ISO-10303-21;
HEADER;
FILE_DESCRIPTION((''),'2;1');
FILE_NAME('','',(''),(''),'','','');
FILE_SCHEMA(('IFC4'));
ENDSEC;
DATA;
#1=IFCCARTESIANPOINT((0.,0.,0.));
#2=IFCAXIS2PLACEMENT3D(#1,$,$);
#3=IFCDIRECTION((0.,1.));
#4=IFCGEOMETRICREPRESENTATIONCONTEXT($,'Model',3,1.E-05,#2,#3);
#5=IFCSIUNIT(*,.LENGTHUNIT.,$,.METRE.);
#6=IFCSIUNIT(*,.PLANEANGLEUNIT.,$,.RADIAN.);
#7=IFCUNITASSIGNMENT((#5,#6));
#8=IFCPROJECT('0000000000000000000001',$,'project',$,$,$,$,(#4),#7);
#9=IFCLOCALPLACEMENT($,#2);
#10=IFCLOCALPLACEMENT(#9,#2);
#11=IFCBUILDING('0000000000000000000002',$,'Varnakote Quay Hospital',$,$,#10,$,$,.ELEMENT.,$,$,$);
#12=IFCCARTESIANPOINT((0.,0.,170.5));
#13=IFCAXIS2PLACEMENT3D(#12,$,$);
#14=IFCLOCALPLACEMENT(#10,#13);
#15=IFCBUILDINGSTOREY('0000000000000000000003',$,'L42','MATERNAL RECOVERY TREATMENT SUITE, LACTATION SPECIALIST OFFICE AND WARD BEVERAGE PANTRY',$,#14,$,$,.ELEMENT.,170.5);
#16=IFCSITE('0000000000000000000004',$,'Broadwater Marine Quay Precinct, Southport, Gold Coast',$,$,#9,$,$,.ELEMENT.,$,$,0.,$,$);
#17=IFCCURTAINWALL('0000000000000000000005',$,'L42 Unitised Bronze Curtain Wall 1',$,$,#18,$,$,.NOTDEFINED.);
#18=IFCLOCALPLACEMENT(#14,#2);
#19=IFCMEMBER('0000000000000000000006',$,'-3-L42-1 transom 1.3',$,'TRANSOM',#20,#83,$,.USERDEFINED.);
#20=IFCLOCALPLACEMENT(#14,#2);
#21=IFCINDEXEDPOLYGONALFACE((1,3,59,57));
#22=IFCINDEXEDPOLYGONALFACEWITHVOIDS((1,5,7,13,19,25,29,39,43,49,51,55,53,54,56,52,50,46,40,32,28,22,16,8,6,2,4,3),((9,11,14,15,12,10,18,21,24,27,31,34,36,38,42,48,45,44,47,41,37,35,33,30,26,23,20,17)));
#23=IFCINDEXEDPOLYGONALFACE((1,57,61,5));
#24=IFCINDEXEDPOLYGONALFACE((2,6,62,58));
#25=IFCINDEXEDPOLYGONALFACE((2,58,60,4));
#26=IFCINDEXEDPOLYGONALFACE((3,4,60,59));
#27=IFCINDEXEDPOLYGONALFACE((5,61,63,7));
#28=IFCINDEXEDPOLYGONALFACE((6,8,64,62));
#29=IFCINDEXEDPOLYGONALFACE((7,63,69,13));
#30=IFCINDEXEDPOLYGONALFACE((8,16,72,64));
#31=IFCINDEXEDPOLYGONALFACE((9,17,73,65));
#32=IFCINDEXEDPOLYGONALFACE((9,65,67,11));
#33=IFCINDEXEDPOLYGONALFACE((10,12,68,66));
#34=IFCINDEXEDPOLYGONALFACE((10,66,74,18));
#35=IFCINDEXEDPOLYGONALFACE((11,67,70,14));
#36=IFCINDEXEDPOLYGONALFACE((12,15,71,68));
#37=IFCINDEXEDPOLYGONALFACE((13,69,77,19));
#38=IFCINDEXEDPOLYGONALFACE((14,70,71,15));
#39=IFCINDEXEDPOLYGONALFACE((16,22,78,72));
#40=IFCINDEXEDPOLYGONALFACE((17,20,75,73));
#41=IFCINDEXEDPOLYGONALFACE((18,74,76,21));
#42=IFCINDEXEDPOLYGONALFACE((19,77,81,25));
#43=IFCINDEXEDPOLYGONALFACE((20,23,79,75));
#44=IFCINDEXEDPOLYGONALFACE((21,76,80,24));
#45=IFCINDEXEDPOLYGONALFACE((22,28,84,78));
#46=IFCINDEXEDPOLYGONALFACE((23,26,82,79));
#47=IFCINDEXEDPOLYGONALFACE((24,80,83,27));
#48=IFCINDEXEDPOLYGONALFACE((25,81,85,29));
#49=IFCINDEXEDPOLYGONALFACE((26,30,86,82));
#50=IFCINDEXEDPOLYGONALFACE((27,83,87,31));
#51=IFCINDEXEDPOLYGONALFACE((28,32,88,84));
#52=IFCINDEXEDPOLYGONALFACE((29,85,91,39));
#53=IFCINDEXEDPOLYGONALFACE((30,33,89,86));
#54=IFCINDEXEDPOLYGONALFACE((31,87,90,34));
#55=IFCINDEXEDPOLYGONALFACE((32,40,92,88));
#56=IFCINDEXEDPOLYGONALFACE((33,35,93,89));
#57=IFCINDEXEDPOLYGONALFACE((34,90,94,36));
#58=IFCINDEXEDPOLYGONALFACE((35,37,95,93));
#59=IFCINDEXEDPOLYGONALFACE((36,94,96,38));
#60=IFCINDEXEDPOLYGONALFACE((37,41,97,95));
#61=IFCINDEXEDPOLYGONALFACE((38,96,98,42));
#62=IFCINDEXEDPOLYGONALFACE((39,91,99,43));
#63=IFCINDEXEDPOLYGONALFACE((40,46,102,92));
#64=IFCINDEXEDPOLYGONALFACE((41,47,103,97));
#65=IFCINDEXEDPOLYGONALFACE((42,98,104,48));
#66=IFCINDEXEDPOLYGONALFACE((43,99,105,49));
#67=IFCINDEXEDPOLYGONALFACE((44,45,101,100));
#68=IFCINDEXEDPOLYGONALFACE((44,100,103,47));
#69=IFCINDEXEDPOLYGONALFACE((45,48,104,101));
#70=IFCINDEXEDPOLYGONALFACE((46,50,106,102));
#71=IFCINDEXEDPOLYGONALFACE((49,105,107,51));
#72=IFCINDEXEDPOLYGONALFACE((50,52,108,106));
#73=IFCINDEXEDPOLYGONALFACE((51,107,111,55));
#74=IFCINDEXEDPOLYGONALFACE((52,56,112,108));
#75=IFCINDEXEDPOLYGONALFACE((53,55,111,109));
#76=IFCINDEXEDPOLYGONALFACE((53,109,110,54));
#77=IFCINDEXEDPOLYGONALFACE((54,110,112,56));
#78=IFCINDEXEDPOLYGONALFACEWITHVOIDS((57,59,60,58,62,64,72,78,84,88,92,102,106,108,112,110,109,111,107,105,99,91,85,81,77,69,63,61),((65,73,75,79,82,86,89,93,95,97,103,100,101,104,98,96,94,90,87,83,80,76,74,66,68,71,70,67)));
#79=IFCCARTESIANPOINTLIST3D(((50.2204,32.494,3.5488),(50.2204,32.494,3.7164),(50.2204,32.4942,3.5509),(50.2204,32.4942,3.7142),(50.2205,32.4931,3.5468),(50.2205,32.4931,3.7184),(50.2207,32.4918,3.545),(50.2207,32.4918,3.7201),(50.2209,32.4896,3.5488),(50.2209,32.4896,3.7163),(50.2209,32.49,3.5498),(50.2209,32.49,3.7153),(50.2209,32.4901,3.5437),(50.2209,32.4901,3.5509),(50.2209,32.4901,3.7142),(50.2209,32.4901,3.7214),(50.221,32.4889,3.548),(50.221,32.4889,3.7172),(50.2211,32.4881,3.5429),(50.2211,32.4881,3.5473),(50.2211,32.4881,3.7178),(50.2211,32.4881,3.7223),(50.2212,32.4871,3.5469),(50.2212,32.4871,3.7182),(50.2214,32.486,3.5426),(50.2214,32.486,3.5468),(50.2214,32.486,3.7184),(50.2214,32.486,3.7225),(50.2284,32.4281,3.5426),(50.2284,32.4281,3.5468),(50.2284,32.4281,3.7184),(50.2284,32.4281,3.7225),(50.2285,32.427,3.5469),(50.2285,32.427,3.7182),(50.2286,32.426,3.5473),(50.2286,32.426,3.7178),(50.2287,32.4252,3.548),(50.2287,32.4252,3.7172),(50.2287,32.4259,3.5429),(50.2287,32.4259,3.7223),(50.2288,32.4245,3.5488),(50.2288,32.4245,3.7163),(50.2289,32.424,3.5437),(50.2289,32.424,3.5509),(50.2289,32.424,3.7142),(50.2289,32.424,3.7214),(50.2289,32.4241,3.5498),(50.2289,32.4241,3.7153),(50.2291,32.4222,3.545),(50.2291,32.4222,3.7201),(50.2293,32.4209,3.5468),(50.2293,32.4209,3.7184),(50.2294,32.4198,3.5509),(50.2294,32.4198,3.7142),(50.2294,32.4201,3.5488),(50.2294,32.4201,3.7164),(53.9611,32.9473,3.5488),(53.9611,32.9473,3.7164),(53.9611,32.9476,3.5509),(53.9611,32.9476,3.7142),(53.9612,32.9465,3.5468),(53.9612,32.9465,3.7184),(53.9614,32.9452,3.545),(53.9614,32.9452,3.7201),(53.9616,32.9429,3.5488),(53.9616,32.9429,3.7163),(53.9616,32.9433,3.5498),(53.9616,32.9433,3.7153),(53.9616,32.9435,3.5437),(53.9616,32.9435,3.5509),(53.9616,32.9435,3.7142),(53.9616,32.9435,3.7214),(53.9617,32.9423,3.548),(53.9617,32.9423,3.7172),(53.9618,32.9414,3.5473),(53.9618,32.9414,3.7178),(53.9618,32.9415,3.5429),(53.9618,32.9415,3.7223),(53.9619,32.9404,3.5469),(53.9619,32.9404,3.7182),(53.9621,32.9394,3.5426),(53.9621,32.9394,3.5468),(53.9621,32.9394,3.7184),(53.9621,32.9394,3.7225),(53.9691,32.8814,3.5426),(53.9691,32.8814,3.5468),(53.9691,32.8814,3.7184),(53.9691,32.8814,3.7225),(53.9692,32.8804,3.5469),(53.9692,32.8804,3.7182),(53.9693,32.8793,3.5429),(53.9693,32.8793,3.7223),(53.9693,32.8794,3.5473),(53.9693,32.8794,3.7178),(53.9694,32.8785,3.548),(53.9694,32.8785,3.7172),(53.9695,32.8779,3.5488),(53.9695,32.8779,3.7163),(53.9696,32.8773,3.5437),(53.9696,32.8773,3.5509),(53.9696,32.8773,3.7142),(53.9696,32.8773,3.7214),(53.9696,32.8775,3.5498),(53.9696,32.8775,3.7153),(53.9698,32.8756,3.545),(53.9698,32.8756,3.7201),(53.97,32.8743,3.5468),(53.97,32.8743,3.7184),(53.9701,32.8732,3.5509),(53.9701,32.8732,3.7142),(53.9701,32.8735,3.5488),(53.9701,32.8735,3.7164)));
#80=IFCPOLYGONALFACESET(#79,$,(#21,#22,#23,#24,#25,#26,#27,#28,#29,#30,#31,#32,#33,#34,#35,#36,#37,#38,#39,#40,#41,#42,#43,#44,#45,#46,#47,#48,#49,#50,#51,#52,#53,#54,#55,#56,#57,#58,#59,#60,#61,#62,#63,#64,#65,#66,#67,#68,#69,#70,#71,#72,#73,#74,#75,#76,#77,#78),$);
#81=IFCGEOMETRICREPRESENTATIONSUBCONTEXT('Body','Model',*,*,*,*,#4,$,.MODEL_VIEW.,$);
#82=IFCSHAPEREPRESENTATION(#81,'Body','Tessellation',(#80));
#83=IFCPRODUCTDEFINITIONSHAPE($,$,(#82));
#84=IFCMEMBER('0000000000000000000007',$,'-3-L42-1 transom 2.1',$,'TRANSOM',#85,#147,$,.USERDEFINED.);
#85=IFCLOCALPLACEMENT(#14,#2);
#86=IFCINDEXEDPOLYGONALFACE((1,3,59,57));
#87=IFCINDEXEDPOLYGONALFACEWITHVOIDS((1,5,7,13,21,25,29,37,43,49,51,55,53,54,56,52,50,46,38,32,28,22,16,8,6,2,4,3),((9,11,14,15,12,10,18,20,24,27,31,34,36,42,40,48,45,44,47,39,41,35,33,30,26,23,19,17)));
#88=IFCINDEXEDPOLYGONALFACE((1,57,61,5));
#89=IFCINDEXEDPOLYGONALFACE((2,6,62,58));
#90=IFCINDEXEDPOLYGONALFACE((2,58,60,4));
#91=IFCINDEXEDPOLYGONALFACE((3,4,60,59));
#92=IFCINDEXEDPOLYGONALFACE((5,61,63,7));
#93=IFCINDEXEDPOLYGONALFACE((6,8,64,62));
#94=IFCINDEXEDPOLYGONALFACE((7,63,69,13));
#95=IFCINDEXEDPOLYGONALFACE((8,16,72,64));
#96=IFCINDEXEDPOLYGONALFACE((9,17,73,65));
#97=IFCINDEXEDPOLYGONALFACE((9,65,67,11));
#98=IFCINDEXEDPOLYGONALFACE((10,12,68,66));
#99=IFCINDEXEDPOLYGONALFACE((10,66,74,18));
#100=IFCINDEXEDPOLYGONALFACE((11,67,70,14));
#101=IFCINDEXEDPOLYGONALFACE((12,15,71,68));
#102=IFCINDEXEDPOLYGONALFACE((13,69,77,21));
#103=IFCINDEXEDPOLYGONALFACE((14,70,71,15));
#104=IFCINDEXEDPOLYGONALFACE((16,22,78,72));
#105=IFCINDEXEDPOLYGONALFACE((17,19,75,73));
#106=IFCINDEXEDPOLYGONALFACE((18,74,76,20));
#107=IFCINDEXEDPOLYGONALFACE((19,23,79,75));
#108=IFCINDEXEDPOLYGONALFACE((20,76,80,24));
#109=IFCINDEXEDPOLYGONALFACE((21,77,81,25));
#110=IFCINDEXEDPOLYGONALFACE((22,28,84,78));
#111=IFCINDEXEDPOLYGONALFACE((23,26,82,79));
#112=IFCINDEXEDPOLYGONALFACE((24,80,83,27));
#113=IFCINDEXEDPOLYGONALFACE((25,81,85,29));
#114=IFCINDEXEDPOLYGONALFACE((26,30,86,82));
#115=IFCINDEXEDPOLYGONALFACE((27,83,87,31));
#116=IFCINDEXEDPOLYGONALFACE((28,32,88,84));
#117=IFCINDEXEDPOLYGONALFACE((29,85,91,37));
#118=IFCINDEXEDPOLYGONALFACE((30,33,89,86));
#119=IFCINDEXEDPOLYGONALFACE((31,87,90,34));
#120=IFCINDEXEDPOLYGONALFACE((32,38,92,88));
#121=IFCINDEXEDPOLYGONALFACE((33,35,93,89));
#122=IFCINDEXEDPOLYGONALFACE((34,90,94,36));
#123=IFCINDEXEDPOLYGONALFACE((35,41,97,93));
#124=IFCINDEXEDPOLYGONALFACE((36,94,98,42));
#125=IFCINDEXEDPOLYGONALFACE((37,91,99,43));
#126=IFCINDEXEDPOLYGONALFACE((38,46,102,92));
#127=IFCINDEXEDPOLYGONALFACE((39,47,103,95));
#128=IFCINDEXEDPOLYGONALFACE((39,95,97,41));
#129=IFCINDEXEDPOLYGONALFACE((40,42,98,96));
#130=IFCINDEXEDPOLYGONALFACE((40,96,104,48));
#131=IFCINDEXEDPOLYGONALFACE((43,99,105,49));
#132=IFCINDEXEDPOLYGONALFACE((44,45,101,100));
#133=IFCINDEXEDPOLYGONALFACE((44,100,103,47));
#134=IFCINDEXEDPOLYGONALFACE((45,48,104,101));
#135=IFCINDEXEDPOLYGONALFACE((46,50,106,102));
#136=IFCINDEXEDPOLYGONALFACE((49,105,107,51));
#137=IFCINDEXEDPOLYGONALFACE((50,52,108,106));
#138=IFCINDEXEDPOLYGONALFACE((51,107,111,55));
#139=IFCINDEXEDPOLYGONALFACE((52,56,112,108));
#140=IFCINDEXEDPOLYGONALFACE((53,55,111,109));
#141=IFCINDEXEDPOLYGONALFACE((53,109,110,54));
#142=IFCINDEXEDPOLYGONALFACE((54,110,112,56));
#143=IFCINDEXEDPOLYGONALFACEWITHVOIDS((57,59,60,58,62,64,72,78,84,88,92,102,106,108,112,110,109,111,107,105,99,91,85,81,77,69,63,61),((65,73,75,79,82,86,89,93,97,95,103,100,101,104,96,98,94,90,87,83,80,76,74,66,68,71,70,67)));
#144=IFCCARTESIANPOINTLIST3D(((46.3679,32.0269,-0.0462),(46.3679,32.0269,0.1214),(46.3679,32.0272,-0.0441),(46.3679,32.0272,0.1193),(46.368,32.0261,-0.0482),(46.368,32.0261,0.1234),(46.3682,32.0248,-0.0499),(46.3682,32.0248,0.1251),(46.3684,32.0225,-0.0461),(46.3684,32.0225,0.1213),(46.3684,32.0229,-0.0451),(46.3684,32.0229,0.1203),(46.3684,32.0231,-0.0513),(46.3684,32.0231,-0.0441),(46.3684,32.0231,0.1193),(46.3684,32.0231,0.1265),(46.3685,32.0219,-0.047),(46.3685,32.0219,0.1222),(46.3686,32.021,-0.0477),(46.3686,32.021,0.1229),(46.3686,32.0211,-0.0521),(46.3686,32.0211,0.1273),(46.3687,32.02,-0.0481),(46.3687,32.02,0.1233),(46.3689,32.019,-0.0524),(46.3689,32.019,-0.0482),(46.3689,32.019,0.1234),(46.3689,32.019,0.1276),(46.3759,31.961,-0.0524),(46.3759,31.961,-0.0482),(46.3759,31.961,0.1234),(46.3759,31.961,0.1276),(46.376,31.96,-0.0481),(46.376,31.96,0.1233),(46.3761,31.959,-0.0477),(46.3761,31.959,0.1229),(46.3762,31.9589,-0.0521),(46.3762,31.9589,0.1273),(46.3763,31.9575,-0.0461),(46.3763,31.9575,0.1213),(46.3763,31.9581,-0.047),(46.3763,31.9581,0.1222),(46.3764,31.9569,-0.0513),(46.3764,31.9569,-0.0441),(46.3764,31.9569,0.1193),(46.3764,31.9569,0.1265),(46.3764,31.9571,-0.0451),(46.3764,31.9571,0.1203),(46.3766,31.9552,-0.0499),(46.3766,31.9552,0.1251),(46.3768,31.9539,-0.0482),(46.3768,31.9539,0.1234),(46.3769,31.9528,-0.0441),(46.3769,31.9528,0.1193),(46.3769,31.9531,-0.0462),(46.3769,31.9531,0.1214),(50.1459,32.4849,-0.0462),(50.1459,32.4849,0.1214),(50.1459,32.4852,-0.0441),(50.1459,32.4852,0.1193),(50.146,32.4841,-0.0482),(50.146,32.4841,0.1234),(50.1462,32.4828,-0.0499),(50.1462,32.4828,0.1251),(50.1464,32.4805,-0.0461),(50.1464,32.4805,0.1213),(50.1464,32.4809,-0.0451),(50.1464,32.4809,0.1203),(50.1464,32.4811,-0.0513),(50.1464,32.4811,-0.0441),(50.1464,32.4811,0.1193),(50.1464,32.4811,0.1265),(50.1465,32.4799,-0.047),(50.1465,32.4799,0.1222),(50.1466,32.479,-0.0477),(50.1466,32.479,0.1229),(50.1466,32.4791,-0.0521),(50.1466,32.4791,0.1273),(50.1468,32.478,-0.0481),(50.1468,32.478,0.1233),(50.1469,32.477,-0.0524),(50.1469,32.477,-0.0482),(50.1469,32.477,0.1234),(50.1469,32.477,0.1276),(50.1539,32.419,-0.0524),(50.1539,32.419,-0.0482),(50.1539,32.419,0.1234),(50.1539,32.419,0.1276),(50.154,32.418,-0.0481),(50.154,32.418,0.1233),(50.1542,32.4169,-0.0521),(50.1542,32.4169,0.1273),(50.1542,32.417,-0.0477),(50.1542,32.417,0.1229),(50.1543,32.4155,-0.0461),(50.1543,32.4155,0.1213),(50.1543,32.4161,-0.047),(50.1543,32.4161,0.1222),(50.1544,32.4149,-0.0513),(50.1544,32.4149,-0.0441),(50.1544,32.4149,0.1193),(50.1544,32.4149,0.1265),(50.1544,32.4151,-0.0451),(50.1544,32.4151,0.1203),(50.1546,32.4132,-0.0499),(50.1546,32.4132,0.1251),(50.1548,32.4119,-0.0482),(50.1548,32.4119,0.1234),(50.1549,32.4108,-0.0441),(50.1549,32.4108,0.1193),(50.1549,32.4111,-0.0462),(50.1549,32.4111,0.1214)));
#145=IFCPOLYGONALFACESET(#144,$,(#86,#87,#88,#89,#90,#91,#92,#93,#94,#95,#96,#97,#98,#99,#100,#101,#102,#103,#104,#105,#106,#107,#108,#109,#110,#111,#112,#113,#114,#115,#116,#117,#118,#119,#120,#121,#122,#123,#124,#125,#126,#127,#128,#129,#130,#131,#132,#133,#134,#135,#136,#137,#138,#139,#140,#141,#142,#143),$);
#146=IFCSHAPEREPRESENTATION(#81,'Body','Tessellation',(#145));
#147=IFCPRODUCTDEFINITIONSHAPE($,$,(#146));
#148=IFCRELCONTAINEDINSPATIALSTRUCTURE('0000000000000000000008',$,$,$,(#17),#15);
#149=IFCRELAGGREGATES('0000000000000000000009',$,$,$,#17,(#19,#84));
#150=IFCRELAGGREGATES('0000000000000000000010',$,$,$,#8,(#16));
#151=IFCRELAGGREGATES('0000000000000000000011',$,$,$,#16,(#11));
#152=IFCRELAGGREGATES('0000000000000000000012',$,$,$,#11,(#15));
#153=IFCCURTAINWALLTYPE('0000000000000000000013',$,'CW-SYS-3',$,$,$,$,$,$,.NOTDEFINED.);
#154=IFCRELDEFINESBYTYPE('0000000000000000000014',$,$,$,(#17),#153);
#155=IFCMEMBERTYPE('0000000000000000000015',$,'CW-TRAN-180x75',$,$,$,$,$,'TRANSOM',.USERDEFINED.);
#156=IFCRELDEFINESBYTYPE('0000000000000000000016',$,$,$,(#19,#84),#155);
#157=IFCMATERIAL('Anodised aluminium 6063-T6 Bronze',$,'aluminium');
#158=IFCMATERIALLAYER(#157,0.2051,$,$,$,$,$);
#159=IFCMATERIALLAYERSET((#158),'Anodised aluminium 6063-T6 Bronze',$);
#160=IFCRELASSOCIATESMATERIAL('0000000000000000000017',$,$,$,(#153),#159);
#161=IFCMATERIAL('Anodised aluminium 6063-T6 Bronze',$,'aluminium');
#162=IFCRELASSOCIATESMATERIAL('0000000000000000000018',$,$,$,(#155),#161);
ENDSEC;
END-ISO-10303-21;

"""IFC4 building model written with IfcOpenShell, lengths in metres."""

from ifc_helpers import new_model, si_unit, direction, frame, origin, origin_2d, place, context, subcontext, project, spatial, hollow_rectangle, extrude, material, layer, layer_set, material_profile, profile_set, type_object, element, aggregate, save


model = new_model("IFC4")

# Units and contexts
model_context = context("Model", 3, precision=1e-05, world=origin(), true_north=direction((0.0, 1.0)))
body_context = subcontext(model_context, "Body", "Model", "MODEL_VIEW")
ifc_project = project(units=[si_unit("LENGTHUNIT", "METRE"), si_unit("PLANEANGLEUNIT", "RADIAN")], contexts=[model_context])

# Site, building, storey
site_placement = place(None, origin())
site = spatial("IfcSite", under=ifc_project, at=site_placement, Name="Broadwater Marine Quay Precinct, Southport, Gold Coast", CompositionType="ELEMENT", RefElevation=0.0)
building_placement = place(site_placement, origin())
building = spatial("IfcBuilding", under=site, at=building_placement, Name="Varnakote Quay Hospital", CompositionType="ELEMENT")
storey_placement = place(building_placement, frame((0.0, 0.0, 170.5)))
storey = spatial("IfcBuildingStorey", under=building, at=storey_placement, Name="L42", Description="MATERNAL RECOVERY TREATMENT SUITE, LACTATION SPECIALIST OFFICE AND WARD BEVERAGE PANTRY", CompositionType="ELEMENT", Elevation=170.5)

# Curtain wall, members
ifc_material_1 = material(Name="Anodised aluminium 6063-T6 Bronze", Category="aluminium")
ifc_layer_1 = layer(ifc_material_1, 0.2051)
ifc_layer_set_1 = layer_set([ifc_layer_1], Name="Anodised aluminium 6063-T6 Bronze")
curtain_wall_type = type_object("IfcCurtainWallType", Name="CW-SYS-3", PredefinedType="NOTDEFINED", material=ifc_layer_set_1)
curtain_wall_placement = place(storey_placement, origin())
curtain_wall = element("IfcCurtainWall", 1, at=curtain_wall_placement, inside=storey, type_object=curtain_wall_type, Name="L42 Unitised Bronze Curtain Wall 1", PredefinedType="NOTDEFINED")
ifc_material_2 = material(Name="Anodised aluminium 6063-T6 Bronze", Category="aluminium")
ifc_material_profile_1 = material_profile(ifc_material_2, hollow_rectangle(XDim=0.075, YDim=0.1799, WallThickness=0.0042, InnerFilletRadius=0.0042, OuterFilletRadius=0.0083, at=origin_2d()), Name="CW-TRAN-180x75")
ifc_profile_set_1 = profile_set([ifc_material_profile_1], Name="Anodised aluminium 6063-T6 Bronze")
member_type_1 = type_object("IfcMemberType", Name="CW-TRAN-180x75", ElementType="TRANSOM", PredefinedType="USERDEFINED", material=ifc_profile_set_1)
member_1_placement = place(storey_placement, frame((53.9656, 32.9104, 3.6326), z_axis=(-0.992735, -0.120318, 0.0), x_axis=(0.120318, -0.992735, 0.0)))
member_1 = element("IfcMember", 2, at=member_1_placement, type_object=member_type_1, Name="-3-L42-1 transom 1.3", ObjectType="TRANSOM", PredefinedType="USERDEFINED", context=body_context, shape_type="SweptSolid", body=[
    extrude(hollow_rectangle(XDim=0.075, YDim=0.1799, WallThickness=0.0042, InnerFilletRadius=0.0042, OuterFilletRadius=0.0083, at=origin_2d()), origin(), (0.0, 0.0, 1.0), 3.7681),
])
member_2_placement = place(storey_placement, frame((50.1504, 32.448, 0.0376), z_axis=(-0.992732, -0.120347, 0.0), x_axis=(0.120347, -0.992732, 0.0)))
member_2 = element("IfcMember", 3, at=member_2_placement, type_object=member_type_1, Name="-3-L42-1 transom 2.1", ObjectType="TRANSOM", PredefinedType="USERDEFINED", context=body_context, shape_type="SweptSolid", body=[
    extrude(hollow_rectangle(XDim=0.075, YDim=0.1799, WallThickness=0.0042, InnerFilletRadius=0.0042, OuterFilletRadius=0.0083, at=origin_2d()), origin(), (0.0, 0.0, 1.0), 3.8057),
])

aggregate(curtain_wall, [member_1, member_2])

save(model, "model.ifc")
